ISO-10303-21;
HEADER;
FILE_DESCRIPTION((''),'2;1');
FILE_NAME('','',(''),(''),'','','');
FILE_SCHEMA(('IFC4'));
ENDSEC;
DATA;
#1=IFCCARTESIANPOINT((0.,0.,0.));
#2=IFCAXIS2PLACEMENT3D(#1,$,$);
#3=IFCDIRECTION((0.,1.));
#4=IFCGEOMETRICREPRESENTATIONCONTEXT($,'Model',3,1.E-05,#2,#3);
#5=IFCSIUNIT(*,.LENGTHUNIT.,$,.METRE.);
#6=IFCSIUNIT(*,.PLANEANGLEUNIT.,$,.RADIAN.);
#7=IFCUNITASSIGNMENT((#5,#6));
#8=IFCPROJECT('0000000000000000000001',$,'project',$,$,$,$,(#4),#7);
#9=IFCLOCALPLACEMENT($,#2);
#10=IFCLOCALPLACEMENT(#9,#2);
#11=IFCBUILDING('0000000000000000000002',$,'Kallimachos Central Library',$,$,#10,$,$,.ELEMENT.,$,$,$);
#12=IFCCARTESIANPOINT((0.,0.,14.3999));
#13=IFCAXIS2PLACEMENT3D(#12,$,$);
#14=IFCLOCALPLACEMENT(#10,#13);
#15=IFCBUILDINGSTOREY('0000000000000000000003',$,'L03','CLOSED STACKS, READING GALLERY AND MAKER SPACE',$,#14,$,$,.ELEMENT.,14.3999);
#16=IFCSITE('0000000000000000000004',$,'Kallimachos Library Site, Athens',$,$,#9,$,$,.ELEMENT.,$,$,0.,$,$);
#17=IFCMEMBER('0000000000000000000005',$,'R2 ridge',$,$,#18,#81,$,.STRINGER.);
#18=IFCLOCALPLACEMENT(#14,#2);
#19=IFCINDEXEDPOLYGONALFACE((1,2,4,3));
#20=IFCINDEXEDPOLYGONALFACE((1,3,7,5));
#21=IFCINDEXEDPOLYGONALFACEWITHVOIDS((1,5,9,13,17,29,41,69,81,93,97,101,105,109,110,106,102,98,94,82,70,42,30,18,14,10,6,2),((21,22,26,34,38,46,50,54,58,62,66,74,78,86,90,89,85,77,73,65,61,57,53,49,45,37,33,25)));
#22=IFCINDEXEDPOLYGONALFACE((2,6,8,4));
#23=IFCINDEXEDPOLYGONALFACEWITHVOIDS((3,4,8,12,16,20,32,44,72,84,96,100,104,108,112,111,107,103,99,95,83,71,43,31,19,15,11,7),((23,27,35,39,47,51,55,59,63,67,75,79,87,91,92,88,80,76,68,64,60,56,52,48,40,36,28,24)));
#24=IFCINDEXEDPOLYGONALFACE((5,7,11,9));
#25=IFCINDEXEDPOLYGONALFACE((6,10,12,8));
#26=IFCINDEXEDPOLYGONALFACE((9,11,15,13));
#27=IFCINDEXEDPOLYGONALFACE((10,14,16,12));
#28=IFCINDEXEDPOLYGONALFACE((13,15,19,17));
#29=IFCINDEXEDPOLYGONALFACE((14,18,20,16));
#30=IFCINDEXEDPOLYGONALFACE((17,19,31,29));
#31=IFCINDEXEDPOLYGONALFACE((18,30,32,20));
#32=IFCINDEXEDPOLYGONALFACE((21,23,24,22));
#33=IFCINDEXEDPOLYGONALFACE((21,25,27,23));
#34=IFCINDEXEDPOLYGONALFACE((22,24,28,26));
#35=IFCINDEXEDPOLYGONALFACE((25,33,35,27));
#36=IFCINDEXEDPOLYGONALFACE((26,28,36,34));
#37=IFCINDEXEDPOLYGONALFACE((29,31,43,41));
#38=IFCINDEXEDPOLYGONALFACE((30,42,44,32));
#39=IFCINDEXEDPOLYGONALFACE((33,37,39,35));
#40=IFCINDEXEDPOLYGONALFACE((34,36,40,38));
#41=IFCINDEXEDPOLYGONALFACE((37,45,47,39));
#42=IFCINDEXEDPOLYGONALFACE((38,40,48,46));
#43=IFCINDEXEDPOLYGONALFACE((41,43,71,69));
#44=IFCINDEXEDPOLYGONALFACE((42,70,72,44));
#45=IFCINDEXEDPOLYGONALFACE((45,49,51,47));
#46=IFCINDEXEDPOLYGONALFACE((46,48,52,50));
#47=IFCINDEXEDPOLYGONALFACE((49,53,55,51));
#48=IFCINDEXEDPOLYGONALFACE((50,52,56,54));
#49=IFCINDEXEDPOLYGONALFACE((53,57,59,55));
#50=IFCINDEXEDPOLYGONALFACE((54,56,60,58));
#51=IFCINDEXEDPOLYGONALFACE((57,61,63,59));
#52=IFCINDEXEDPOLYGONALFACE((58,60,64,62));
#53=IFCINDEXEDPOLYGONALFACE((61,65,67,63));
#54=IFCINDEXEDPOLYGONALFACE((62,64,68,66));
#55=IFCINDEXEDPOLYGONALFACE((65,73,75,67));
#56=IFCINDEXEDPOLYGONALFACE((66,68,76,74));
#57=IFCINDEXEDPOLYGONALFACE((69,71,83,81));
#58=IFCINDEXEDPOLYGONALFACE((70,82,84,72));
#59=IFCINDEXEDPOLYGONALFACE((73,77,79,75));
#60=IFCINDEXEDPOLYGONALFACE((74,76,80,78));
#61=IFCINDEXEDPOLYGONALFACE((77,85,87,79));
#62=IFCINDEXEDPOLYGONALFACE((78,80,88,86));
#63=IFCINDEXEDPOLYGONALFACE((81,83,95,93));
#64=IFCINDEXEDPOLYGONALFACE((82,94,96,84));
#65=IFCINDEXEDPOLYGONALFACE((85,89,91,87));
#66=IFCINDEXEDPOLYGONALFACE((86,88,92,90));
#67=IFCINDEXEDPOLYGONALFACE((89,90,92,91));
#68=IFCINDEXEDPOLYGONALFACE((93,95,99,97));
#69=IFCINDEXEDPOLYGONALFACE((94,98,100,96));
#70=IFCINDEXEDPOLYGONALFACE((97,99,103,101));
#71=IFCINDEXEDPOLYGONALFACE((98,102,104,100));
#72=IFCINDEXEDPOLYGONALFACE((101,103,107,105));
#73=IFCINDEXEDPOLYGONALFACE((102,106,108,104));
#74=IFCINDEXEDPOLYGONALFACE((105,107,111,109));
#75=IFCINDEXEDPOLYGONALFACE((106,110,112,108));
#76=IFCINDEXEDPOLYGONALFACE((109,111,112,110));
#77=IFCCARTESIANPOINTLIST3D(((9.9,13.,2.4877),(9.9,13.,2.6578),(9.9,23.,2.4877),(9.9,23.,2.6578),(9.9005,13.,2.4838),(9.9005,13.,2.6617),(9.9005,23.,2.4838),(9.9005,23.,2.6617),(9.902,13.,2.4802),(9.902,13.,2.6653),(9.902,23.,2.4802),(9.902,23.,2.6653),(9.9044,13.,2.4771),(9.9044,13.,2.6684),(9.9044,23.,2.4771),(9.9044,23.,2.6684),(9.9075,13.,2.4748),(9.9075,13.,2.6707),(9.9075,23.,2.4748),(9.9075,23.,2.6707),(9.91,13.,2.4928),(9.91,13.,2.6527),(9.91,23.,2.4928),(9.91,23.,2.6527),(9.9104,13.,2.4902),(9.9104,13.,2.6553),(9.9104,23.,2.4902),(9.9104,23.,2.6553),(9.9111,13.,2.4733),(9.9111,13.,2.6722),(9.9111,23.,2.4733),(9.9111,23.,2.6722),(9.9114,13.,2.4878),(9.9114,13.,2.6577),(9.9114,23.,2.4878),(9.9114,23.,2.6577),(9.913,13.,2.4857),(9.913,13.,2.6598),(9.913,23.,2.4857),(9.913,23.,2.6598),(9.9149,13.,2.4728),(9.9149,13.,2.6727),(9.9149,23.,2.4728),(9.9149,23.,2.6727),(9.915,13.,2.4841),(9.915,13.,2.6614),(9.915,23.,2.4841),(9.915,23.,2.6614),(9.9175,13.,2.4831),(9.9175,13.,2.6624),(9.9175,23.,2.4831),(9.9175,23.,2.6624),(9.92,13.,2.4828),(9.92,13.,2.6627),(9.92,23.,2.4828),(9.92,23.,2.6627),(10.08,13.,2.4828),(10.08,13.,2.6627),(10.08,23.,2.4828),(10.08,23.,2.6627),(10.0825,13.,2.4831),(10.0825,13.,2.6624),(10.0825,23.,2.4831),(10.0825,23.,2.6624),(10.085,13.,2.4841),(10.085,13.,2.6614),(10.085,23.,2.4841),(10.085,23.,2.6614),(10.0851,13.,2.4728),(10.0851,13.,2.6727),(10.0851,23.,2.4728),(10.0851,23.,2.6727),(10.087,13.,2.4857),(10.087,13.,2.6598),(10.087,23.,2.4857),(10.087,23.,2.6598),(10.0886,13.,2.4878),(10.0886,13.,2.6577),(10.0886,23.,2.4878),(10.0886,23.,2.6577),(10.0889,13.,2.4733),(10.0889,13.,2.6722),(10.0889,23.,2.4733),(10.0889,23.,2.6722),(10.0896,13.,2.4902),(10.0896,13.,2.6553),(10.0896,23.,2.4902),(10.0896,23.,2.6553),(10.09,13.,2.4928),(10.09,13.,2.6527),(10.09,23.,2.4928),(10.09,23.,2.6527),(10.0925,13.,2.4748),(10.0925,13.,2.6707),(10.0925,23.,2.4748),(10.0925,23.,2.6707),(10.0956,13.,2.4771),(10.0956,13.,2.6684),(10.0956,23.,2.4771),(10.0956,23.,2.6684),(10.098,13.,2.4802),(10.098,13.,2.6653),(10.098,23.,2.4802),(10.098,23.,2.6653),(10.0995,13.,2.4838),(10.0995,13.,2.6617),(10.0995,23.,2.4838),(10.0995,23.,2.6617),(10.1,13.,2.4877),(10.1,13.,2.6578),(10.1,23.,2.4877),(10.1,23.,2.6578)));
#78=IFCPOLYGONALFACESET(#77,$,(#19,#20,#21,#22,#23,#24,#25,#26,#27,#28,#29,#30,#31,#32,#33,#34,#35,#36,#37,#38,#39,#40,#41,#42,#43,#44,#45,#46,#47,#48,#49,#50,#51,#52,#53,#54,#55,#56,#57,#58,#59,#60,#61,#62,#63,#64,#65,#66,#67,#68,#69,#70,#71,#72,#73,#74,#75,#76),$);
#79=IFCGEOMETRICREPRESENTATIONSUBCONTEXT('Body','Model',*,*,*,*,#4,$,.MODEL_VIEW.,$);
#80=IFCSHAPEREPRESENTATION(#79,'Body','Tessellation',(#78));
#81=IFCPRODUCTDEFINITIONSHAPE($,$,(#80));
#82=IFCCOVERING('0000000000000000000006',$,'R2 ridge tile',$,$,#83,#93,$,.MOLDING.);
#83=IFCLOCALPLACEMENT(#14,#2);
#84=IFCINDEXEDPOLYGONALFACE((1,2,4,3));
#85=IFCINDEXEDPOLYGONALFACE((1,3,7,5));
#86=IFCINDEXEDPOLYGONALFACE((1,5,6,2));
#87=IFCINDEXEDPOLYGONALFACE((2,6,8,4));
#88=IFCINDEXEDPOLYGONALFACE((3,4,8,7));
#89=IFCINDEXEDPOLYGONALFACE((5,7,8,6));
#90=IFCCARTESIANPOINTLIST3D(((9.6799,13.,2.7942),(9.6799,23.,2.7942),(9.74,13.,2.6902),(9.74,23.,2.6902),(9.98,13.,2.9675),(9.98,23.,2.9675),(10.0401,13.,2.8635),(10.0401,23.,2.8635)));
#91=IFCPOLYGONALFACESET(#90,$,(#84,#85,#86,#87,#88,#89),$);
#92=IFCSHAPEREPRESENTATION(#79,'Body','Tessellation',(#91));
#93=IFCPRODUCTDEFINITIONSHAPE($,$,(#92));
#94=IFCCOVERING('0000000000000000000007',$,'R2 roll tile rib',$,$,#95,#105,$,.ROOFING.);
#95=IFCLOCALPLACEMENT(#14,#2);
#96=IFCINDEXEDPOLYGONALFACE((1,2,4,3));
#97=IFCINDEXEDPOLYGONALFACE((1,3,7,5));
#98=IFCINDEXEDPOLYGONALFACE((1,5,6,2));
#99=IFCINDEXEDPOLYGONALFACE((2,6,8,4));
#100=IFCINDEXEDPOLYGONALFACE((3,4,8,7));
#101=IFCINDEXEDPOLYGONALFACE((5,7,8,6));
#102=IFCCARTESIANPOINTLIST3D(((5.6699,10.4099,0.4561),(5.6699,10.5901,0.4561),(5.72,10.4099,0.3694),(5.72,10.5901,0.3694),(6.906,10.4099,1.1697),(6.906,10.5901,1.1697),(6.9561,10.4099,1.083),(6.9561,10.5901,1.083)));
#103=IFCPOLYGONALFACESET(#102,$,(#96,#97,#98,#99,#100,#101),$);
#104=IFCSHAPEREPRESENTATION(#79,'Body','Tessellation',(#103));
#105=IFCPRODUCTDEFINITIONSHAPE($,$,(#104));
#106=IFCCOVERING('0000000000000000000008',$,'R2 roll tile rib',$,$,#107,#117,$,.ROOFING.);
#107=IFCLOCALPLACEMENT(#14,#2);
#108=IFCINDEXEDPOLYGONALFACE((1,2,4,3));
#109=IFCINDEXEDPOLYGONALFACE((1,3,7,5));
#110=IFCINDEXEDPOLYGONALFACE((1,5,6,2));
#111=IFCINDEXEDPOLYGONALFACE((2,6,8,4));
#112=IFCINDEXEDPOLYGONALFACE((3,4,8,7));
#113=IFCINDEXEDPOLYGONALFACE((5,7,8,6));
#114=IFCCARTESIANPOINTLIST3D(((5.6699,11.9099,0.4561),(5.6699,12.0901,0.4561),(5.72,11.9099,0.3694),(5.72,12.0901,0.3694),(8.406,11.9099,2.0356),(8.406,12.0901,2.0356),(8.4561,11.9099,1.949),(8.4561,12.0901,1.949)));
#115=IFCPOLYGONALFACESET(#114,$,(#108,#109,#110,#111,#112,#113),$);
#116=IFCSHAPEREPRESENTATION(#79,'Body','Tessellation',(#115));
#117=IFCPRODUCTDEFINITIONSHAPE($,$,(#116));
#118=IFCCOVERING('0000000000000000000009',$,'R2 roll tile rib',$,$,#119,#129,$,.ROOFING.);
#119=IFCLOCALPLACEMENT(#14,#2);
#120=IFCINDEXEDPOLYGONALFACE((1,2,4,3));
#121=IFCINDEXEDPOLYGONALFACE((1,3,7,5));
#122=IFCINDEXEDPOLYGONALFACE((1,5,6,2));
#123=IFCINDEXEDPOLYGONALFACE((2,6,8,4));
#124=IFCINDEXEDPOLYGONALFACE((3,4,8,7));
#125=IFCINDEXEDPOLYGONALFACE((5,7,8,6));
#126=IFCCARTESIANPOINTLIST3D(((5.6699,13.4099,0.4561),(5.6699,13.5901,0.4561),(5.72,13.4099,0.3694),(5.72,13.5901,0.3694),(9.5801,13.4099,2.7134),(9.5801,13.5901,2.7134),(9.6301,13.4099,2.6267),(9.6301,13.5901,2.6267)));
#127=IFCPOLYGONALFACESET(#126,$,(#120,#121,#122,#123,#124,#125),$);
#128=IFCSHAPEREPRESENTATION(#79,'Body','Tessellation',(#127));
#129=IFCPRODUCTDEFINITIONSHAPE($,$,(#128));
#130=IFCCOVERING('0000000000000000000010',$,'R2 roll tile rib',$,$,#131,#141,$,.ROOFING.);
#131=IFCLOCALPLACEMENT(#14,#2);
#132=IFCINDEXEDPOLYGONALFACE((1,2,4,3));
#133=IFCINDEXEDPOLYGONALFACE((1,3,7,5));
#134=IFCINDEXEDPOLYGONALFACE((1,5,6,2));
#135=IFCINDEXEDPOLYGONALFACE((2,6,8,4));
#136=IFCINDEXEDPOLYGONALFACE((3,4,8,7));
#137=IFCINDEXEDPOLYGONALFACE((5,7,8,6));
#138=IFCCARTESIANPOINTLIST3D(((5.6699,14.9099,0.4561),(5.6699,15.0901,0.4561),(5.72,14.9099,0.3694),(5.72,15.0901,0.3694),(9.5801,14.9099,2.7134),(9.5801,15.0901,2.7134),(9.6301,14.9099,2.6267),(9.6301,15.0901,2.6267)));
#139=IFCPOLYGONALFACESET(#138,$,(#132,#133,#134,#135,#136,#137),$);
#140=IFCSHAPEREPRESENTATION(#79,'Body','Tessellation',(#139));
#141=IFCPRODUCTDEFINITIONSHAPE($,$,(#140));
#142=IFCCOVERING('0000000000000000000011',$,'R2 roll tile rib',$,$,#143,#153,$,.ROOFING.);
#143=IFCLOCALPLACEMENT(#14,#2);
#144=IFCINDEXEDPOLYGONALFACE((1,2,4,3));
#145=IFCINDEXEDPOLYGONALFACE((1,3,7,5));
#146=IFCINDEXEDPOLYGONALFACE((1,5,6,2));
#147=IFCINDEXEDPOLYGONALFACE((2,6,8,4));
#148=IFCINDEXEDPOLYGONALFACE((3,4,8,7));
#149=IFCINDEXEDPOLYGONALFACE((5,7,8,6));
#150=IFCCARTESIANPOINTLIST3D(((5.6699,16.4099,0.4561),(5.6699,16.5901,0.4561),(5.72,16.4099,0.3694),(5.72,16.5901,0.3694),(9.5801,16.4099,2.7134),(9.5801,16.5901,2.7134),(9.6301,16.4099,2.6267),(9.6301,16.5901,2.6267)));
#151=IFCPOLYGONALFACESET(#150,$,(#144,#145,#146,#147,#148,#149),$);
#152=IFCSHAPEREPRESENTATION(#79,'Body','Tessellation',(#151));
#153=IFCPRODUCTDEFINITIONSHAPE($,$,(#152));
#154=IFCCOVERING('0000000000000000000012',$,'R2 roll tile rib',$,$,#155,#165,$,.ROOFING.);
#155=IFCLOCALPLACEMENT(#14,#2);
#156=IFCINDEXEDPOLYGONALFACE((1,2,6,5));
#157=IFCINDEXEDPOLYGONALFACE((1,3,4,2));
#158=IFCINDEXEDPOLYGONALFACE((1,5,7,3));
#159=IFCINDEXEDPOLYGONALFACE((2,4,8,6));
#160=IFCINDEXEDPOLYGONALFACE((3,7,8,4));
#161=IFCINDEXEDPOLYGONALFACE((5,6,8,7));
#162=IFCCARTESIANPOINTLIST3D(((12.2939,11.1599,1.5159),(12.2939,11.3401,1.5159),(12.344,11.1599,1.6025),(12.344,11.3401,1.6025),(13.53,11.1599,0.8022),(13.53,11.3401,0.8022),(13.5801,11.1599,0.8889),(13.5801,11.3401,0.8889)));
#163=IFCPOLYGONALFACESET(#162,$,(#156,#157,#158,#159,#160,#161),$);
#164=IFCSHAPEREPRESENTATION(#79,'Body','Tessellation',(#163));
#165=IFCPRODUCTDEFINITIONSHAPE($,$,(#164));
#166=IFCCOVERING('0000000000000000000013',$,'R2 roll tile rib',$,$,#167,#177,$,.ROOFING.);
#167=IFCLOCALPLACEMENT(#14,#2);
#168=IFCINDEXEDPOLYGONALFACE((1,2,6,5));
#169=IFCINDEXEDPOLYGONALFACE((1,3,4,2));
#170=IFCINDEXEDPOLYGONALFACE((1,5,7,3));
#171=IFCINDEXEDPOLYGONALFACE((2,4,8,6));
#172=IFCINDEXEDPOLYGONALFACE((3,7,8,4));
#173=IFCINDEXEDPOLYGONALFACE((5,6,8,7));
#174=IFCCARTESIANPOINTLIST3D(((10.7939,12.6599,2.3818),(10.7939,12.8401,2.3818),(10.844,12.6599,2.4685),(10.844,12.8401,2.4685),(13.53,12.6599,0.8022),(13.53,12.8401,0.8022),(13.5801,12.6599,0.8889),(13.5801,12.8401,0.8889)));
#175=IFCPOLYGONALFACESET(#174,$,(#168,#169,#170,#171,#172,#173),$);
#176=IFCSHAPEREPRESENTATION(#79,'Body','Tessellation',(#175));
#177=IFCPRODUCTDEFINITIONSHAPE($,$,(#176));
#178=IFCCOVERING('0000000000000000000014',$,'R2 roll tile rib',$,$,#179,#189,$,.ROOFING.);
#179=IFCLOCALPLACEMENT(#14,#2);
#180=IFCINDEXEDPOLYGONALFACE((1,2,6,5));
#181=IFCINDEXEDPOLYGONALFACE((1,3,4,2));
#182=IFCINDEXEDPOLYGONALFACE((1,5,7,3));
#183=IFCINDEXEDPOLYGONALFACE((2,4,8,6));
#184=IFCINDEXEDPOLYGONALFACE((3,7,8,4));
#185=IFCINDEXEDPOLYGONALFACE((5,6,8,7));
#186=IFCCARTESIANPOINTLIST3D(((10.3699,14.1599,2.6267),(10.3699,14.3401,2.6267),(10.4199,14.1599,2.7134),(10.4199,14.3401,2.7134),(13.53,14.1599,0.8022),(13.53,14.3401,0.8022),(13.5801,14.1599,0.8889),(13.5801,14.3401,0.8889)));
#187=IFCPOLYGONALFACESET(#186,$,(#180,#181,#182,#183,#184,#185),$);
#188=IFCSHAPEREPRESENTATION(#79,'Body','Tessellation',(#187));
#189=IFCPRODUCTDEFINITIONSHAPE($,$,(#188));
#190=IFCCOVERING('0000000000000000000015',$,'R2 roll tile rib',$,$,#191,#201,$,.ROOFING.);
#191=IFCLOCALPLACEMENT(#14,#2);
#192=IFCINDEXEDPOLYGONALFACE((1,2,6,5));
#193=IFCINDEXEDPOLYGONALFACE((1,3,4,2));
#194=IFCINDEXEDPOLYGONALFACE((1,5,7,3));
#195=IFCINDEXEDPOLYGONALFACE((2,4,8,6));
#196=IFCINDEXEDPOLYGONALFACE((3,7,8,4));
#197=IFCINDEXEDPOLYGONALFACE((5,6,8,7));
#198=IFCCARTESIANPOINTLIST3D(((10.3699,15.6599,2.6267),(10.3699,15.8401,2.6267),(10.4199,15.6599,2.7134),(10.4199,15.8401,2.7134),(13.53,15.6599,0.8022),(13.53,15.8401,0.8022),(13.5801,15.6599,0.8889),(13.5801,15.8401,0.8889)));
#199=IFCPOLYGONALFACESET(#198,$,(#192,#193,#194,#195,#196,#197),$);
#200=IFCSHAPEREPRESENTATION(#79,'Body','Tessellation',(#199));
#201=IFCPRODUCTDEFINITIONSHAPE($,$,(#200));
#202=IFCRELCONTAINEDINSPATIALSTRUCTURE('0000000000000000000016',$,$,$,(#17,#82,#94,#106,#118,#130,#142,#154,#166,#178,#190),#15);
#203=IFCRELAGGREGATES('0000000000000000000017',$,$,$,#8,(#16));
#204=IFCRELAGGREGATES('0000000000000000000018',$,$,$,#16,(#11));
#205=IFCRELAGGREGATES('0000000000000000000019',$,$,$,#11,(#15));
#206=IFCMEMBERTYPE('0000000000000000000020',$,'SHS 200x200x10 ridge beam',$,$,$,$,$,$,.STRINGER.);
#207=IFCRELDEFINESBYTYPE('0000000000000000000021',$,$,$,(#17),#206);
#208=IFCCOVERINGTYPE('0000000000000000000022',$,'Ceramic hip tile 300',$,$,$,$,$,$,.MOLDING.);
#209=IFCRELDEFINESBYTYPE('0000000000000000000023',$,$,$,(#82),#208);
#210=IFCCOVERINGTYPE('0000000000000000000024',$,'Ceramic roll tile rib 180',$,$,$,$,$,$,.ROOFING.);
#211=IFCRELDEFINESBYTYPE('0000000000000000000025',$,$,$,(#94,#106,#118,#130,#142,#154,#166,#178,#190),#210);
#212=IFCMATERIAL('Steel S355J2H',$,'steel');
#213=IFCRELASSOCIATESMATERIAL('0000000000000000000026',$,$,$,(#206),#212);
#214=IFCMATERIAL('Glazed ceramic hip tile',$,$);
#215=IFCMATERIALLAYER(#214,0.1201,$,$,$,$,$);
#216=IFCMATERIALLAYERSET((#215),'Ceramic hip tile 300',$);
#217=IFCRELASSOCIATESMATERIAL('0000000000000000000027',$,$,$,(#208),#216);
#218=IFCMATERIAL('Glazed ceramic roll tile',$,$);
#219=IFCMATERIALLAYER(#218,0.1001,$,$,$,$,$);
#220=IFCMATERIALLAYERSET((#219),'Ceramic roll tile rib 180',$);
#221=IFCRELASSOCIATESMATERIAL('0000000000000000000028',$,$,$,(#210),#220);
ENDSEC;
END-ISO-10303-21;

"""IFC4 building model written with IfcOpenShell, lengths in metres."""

from ifc_helpers import new_model, si_unit, direction, frame, origin, origin_2d, place, context, subcontext, project, spatial, polyline, hollow_rectangle, outline, extrude, material, layer, layer_set, material_profile, profile_set, type_object, element, save


model = new_model("IFC4")

# Units and contexts
model_context = context("Model", 3, precision=1e-05, world=origin(), true_north=direction((0.0, 1.0)))
body_context = subcontext(model_context, "Body", "Model", "MODEL_VIEW")
ifc_project = project(units=[si_unit("LENGTHUNIT", "METRE"), si_unit("PLANEANGLEUNIT", "RADIAN")], contexts=[model_context])

# Site, building, storey
site_placement = place(None, origin())
site = spatial("IfcSite", under=ifc_project, at=site_placement, Name="Kallimachos Library Site, Athens", CompositionType="ELEMENT", RefElevation=0.0)
building_placement = place(site_placement, origin())
building = spatial("IfcBuilding", under=site, at=building_placement, Name="Kallimachos Central Library", CompositionType="ELEMENT")
storey_placement = place(building_placement, frame((0.0, 0.0, 14.3999)))
storey = spatial("IfcBuildingStorey", under=building, at=storey_placement, Name="L03", Description="CLOSED STACKS, READING GALLERY AND MAKER SPACE", CompositionType="ELEMENT", Elevation=14.3999)

# Member
ifc_material_1 = material(Name="Steel S355J2H", Category="steel")
ifc_material_profile_1 = material_profile(ifc_material_1, hollow_rectangle(XDim=0.2, YDim=0.2, WallThickness=0.01, InnerFilletRadius=0.01, OuterFilletRadius=0.0149, at=origin_2d()), Name="SHS 200x200x10")
ifc_profile_set_1 = profile_set([ifc_material_profile_1], Name="Steel S355J2H")
member_type_1 = type_object("IfcMemberType", Name="SHS 200x200x10 ridge beam", PredefinedType="STRINGER", material=ifc_profile_set_1)
member_1_placement = place(storey_placement, frame((10.0, 13.0, 2.5728), z_axis=(0.0, 1.0, 0.0), x_axis=(-1.0, 0.0, 0.0)))
element("IfcMember", 1, at=member_1_placement, inside=storey, type_object=member_type_1, Name="R2 ridge", PredefinedType="STRINGER", context=body_context, shape_type="SweptSolid", body=[
    extrude(hollow_rectangle(XDim=0.2, YDim=0.2, WallThickness=0.01, InnerFilletRadius=0.01, OuterFilletRadius=0.0149, at=origin_2d()), origin(), (0.0, 0.0, 1.0), 10.0),
])

# Coverings
ifc_material_2 = material(Name="Glazed ceramic hip tile")
ifc_layer_1 = layer(ifc_material_2, 0.1201)
ifc_layer_set_1 = layer_set([ifc_layer_1], Name="Ceramic hip tile 300")
covering_type_1 = type_object("IfcCoveringType", Name="Ceramic hip tile 300", PredefinedType="MOLDING", material=ifc_layer_set_1)
covering_1_placement = place(storey_placement, frame((9.6799, 13.0, 2.7942), z_axis=(-0.500231, 0.0, 0.865892), x_axis=(0.0, 1.0, 0.0)))
element("IfcCovering", 2, at=covering_1_placement, inside=storey, type_object=covering_type_1, Name="R2 ridge tile", PredefinedType="MOLDING", context=body_context, shape_type="SweptSolid", body=[
    extrude(outline(polyline([(0.0, 0.0), (10.0, 0.0), (10.0, -0.3465), (0.0, -0.3465), (0.0, 0.0)])), origin(), (0.0, 0.0, -1.0), 0.1201),
])
ifc_material_3 = material(Name="Glazed ceramic roll tile")
ifc_layer_2 = layer(ifc_material_3, 0.1001)
ifc_layer_set_2 = layer_set([ifc_layer_2], Name="Ceramic roll tile rib 180")
covering_type_2 = type_object("IfcCoveringType", Name="Ceramic roll tile rib 180", PredefinedType="ROOFING", material=ifc_layer_set_2)
covering_2_placement = place(storey_placement, frame((5.6699, 10.4099, 0.4561), z_axis=(-0.499984, 0.0, 0.866035), x_axis=(0.866035, 0.0, 0.499984)))
element("IfcCovering", 3, at=covering_2_placement, inside=storey, type_object=covering_type_2, Name="R2 roll tile rib", PredefinedType="ROOFING", context=body_context, shape_type="SweptSolid", body=[
    extrude(outline(polyline([(0.0, 0.0), (1.4273, 0.0), (1.4273, 0.1802), (0.0, 0.1802), (0.0, 0.0)])), origin(), (0.0, 0.0, -1.0), 0.1001),
])
covering_3_placement = place(storey_placement, frame((5.6699, 11.9099, 0.4561), z_axis=(-0.499979, 0.0, 0.866038), x_axis=(0.866038, 0.0, 0.499979)))
element("IfcCovering", 4, at=covering_3_placement, inside=storey, type_object=covering_type_2, Name="R2 roll tile rib", PredefinedType="ROOFING", context=body_context, shape_type="SweptSolid", body=[
    extrude(outline(polyline([(0.0, 0.0), (3.1593, 0.0), (3.1593, 0.1802), (0.0, 0.1802), (0.0, 0.0)])), origin(), (0.0, 0.0, -1.0), 0.1001),
])
for number, where, z_axis, x_axis, name in (
    (5, (5.6699, 13.4099, 0.4561), (-0.499966, 0.0, 0.866045), (0.866045, 0.0, 0.499966), "R2 roll tile rib"),
    (6, (5.6699, 14.9099, 0.4561), (-0.499966, 0.0, 0.866045), (0.866045, 0.0, 0.499966), "R2 roll tile rib"),
    (7, (5.6699, 16.4099, 0.4561), (-0.499966, 0.0, 0.866045), (0.866045, 0.0, 0.499966), "R2 roll tile rib"),
):
    element("IfcCovering", number, at=place(storey_placement, frame(where, z_axis=z_axis, x_axis=x_axis)), inside=storey, type_object=covering_type_2, Name=name, PredefinedType="ROOFING", context=body_context, shape_type="SweptSolid", body=[
        extrude(outline(polyline([(0.0, 0.0), (4.515, 0.0), (4.515, 0.1802), (0.0, 0.1802), (0.0, 0.0)])), origin(), (0.0, 0.0, -1.0), 0.1001),
    ])
covering_4_placement = place(storey_placement, frame((12.344, 11.1599, 1.6025), z_axis=(0.499984, 0.0, 0.866035), x_axis=(0.866035, 0.0, -0.499984)))
element("IfcCovering", 8, at=covering_4_placement, inside=storey, type_object=covering_type_2, Name="R2 roll tile rib", PredefinedType="ROOFING", context=body_context, shape_type="SweptSolid", body=[
    extrude(outline(polyline([(0.0, 0.0), (1.4273, 0.0), (1.4273, 0.1802), (0.0, 0.1802), (0.0, 0.0)])), origin(), (0.0, 0.0, -1.0), 0.1001),
])
covering_5_placement = place(storey_placement, frame((10.844, 12.6599, 2.4685), z_axis=(0.499979, 0.0, 0.866038), x_axis=(0.866038, 0.0, -0.499979)))
element("IfcCovering", 9, at=covering_5_placement, inside=storey, type_object=covering_type_2, Name="R2 roll tile rib", PredefinedType="ROOFING", context=body_context, shape_type="SweptSolid", body=[
    extrude(outline(polyline([(0.0, 0.0), (3.1593, 0.0), (3.1593, 0.1802), (0.0, 0.1802), (0.0, 0.0)])), origin(), (0.0, 0.0, -1.0), 0.1001),
])
for number, where, z_axis, x_axis, name in (
    (10, (10.4199, 14.1599, 2.7134), (0.499989, 0.0, 0.866032), (0.866032, 0.0, -0.499989), "R2 roll tile rib"),
    (11, (10.4199, 15.6599, 2.7134), (0.499989, 0.0, 0.866032), (0.866032, 0.0, -0.499989), "R2 roll tile rib"),
):
    element("IfcCovering", number, at=place(storey_placement, frame(where, z_axis=z_axis, x_axis=x_axis)), inside=storey, type_object=covering_type_2, Name=name, PredefinedType="ROOFING", context=body_context, shape_type="SweptSolid", body=[
        extrude(outline(polyline([(0.0, 0.0), (3.649, 0.0), (3.649, 0.1802), (0.0, 0.1802), (0.0, 0.0)])), origin(), (0.0, 0.0, -1.0), 0.1001),
    ])

save(model, "model.ifc")
